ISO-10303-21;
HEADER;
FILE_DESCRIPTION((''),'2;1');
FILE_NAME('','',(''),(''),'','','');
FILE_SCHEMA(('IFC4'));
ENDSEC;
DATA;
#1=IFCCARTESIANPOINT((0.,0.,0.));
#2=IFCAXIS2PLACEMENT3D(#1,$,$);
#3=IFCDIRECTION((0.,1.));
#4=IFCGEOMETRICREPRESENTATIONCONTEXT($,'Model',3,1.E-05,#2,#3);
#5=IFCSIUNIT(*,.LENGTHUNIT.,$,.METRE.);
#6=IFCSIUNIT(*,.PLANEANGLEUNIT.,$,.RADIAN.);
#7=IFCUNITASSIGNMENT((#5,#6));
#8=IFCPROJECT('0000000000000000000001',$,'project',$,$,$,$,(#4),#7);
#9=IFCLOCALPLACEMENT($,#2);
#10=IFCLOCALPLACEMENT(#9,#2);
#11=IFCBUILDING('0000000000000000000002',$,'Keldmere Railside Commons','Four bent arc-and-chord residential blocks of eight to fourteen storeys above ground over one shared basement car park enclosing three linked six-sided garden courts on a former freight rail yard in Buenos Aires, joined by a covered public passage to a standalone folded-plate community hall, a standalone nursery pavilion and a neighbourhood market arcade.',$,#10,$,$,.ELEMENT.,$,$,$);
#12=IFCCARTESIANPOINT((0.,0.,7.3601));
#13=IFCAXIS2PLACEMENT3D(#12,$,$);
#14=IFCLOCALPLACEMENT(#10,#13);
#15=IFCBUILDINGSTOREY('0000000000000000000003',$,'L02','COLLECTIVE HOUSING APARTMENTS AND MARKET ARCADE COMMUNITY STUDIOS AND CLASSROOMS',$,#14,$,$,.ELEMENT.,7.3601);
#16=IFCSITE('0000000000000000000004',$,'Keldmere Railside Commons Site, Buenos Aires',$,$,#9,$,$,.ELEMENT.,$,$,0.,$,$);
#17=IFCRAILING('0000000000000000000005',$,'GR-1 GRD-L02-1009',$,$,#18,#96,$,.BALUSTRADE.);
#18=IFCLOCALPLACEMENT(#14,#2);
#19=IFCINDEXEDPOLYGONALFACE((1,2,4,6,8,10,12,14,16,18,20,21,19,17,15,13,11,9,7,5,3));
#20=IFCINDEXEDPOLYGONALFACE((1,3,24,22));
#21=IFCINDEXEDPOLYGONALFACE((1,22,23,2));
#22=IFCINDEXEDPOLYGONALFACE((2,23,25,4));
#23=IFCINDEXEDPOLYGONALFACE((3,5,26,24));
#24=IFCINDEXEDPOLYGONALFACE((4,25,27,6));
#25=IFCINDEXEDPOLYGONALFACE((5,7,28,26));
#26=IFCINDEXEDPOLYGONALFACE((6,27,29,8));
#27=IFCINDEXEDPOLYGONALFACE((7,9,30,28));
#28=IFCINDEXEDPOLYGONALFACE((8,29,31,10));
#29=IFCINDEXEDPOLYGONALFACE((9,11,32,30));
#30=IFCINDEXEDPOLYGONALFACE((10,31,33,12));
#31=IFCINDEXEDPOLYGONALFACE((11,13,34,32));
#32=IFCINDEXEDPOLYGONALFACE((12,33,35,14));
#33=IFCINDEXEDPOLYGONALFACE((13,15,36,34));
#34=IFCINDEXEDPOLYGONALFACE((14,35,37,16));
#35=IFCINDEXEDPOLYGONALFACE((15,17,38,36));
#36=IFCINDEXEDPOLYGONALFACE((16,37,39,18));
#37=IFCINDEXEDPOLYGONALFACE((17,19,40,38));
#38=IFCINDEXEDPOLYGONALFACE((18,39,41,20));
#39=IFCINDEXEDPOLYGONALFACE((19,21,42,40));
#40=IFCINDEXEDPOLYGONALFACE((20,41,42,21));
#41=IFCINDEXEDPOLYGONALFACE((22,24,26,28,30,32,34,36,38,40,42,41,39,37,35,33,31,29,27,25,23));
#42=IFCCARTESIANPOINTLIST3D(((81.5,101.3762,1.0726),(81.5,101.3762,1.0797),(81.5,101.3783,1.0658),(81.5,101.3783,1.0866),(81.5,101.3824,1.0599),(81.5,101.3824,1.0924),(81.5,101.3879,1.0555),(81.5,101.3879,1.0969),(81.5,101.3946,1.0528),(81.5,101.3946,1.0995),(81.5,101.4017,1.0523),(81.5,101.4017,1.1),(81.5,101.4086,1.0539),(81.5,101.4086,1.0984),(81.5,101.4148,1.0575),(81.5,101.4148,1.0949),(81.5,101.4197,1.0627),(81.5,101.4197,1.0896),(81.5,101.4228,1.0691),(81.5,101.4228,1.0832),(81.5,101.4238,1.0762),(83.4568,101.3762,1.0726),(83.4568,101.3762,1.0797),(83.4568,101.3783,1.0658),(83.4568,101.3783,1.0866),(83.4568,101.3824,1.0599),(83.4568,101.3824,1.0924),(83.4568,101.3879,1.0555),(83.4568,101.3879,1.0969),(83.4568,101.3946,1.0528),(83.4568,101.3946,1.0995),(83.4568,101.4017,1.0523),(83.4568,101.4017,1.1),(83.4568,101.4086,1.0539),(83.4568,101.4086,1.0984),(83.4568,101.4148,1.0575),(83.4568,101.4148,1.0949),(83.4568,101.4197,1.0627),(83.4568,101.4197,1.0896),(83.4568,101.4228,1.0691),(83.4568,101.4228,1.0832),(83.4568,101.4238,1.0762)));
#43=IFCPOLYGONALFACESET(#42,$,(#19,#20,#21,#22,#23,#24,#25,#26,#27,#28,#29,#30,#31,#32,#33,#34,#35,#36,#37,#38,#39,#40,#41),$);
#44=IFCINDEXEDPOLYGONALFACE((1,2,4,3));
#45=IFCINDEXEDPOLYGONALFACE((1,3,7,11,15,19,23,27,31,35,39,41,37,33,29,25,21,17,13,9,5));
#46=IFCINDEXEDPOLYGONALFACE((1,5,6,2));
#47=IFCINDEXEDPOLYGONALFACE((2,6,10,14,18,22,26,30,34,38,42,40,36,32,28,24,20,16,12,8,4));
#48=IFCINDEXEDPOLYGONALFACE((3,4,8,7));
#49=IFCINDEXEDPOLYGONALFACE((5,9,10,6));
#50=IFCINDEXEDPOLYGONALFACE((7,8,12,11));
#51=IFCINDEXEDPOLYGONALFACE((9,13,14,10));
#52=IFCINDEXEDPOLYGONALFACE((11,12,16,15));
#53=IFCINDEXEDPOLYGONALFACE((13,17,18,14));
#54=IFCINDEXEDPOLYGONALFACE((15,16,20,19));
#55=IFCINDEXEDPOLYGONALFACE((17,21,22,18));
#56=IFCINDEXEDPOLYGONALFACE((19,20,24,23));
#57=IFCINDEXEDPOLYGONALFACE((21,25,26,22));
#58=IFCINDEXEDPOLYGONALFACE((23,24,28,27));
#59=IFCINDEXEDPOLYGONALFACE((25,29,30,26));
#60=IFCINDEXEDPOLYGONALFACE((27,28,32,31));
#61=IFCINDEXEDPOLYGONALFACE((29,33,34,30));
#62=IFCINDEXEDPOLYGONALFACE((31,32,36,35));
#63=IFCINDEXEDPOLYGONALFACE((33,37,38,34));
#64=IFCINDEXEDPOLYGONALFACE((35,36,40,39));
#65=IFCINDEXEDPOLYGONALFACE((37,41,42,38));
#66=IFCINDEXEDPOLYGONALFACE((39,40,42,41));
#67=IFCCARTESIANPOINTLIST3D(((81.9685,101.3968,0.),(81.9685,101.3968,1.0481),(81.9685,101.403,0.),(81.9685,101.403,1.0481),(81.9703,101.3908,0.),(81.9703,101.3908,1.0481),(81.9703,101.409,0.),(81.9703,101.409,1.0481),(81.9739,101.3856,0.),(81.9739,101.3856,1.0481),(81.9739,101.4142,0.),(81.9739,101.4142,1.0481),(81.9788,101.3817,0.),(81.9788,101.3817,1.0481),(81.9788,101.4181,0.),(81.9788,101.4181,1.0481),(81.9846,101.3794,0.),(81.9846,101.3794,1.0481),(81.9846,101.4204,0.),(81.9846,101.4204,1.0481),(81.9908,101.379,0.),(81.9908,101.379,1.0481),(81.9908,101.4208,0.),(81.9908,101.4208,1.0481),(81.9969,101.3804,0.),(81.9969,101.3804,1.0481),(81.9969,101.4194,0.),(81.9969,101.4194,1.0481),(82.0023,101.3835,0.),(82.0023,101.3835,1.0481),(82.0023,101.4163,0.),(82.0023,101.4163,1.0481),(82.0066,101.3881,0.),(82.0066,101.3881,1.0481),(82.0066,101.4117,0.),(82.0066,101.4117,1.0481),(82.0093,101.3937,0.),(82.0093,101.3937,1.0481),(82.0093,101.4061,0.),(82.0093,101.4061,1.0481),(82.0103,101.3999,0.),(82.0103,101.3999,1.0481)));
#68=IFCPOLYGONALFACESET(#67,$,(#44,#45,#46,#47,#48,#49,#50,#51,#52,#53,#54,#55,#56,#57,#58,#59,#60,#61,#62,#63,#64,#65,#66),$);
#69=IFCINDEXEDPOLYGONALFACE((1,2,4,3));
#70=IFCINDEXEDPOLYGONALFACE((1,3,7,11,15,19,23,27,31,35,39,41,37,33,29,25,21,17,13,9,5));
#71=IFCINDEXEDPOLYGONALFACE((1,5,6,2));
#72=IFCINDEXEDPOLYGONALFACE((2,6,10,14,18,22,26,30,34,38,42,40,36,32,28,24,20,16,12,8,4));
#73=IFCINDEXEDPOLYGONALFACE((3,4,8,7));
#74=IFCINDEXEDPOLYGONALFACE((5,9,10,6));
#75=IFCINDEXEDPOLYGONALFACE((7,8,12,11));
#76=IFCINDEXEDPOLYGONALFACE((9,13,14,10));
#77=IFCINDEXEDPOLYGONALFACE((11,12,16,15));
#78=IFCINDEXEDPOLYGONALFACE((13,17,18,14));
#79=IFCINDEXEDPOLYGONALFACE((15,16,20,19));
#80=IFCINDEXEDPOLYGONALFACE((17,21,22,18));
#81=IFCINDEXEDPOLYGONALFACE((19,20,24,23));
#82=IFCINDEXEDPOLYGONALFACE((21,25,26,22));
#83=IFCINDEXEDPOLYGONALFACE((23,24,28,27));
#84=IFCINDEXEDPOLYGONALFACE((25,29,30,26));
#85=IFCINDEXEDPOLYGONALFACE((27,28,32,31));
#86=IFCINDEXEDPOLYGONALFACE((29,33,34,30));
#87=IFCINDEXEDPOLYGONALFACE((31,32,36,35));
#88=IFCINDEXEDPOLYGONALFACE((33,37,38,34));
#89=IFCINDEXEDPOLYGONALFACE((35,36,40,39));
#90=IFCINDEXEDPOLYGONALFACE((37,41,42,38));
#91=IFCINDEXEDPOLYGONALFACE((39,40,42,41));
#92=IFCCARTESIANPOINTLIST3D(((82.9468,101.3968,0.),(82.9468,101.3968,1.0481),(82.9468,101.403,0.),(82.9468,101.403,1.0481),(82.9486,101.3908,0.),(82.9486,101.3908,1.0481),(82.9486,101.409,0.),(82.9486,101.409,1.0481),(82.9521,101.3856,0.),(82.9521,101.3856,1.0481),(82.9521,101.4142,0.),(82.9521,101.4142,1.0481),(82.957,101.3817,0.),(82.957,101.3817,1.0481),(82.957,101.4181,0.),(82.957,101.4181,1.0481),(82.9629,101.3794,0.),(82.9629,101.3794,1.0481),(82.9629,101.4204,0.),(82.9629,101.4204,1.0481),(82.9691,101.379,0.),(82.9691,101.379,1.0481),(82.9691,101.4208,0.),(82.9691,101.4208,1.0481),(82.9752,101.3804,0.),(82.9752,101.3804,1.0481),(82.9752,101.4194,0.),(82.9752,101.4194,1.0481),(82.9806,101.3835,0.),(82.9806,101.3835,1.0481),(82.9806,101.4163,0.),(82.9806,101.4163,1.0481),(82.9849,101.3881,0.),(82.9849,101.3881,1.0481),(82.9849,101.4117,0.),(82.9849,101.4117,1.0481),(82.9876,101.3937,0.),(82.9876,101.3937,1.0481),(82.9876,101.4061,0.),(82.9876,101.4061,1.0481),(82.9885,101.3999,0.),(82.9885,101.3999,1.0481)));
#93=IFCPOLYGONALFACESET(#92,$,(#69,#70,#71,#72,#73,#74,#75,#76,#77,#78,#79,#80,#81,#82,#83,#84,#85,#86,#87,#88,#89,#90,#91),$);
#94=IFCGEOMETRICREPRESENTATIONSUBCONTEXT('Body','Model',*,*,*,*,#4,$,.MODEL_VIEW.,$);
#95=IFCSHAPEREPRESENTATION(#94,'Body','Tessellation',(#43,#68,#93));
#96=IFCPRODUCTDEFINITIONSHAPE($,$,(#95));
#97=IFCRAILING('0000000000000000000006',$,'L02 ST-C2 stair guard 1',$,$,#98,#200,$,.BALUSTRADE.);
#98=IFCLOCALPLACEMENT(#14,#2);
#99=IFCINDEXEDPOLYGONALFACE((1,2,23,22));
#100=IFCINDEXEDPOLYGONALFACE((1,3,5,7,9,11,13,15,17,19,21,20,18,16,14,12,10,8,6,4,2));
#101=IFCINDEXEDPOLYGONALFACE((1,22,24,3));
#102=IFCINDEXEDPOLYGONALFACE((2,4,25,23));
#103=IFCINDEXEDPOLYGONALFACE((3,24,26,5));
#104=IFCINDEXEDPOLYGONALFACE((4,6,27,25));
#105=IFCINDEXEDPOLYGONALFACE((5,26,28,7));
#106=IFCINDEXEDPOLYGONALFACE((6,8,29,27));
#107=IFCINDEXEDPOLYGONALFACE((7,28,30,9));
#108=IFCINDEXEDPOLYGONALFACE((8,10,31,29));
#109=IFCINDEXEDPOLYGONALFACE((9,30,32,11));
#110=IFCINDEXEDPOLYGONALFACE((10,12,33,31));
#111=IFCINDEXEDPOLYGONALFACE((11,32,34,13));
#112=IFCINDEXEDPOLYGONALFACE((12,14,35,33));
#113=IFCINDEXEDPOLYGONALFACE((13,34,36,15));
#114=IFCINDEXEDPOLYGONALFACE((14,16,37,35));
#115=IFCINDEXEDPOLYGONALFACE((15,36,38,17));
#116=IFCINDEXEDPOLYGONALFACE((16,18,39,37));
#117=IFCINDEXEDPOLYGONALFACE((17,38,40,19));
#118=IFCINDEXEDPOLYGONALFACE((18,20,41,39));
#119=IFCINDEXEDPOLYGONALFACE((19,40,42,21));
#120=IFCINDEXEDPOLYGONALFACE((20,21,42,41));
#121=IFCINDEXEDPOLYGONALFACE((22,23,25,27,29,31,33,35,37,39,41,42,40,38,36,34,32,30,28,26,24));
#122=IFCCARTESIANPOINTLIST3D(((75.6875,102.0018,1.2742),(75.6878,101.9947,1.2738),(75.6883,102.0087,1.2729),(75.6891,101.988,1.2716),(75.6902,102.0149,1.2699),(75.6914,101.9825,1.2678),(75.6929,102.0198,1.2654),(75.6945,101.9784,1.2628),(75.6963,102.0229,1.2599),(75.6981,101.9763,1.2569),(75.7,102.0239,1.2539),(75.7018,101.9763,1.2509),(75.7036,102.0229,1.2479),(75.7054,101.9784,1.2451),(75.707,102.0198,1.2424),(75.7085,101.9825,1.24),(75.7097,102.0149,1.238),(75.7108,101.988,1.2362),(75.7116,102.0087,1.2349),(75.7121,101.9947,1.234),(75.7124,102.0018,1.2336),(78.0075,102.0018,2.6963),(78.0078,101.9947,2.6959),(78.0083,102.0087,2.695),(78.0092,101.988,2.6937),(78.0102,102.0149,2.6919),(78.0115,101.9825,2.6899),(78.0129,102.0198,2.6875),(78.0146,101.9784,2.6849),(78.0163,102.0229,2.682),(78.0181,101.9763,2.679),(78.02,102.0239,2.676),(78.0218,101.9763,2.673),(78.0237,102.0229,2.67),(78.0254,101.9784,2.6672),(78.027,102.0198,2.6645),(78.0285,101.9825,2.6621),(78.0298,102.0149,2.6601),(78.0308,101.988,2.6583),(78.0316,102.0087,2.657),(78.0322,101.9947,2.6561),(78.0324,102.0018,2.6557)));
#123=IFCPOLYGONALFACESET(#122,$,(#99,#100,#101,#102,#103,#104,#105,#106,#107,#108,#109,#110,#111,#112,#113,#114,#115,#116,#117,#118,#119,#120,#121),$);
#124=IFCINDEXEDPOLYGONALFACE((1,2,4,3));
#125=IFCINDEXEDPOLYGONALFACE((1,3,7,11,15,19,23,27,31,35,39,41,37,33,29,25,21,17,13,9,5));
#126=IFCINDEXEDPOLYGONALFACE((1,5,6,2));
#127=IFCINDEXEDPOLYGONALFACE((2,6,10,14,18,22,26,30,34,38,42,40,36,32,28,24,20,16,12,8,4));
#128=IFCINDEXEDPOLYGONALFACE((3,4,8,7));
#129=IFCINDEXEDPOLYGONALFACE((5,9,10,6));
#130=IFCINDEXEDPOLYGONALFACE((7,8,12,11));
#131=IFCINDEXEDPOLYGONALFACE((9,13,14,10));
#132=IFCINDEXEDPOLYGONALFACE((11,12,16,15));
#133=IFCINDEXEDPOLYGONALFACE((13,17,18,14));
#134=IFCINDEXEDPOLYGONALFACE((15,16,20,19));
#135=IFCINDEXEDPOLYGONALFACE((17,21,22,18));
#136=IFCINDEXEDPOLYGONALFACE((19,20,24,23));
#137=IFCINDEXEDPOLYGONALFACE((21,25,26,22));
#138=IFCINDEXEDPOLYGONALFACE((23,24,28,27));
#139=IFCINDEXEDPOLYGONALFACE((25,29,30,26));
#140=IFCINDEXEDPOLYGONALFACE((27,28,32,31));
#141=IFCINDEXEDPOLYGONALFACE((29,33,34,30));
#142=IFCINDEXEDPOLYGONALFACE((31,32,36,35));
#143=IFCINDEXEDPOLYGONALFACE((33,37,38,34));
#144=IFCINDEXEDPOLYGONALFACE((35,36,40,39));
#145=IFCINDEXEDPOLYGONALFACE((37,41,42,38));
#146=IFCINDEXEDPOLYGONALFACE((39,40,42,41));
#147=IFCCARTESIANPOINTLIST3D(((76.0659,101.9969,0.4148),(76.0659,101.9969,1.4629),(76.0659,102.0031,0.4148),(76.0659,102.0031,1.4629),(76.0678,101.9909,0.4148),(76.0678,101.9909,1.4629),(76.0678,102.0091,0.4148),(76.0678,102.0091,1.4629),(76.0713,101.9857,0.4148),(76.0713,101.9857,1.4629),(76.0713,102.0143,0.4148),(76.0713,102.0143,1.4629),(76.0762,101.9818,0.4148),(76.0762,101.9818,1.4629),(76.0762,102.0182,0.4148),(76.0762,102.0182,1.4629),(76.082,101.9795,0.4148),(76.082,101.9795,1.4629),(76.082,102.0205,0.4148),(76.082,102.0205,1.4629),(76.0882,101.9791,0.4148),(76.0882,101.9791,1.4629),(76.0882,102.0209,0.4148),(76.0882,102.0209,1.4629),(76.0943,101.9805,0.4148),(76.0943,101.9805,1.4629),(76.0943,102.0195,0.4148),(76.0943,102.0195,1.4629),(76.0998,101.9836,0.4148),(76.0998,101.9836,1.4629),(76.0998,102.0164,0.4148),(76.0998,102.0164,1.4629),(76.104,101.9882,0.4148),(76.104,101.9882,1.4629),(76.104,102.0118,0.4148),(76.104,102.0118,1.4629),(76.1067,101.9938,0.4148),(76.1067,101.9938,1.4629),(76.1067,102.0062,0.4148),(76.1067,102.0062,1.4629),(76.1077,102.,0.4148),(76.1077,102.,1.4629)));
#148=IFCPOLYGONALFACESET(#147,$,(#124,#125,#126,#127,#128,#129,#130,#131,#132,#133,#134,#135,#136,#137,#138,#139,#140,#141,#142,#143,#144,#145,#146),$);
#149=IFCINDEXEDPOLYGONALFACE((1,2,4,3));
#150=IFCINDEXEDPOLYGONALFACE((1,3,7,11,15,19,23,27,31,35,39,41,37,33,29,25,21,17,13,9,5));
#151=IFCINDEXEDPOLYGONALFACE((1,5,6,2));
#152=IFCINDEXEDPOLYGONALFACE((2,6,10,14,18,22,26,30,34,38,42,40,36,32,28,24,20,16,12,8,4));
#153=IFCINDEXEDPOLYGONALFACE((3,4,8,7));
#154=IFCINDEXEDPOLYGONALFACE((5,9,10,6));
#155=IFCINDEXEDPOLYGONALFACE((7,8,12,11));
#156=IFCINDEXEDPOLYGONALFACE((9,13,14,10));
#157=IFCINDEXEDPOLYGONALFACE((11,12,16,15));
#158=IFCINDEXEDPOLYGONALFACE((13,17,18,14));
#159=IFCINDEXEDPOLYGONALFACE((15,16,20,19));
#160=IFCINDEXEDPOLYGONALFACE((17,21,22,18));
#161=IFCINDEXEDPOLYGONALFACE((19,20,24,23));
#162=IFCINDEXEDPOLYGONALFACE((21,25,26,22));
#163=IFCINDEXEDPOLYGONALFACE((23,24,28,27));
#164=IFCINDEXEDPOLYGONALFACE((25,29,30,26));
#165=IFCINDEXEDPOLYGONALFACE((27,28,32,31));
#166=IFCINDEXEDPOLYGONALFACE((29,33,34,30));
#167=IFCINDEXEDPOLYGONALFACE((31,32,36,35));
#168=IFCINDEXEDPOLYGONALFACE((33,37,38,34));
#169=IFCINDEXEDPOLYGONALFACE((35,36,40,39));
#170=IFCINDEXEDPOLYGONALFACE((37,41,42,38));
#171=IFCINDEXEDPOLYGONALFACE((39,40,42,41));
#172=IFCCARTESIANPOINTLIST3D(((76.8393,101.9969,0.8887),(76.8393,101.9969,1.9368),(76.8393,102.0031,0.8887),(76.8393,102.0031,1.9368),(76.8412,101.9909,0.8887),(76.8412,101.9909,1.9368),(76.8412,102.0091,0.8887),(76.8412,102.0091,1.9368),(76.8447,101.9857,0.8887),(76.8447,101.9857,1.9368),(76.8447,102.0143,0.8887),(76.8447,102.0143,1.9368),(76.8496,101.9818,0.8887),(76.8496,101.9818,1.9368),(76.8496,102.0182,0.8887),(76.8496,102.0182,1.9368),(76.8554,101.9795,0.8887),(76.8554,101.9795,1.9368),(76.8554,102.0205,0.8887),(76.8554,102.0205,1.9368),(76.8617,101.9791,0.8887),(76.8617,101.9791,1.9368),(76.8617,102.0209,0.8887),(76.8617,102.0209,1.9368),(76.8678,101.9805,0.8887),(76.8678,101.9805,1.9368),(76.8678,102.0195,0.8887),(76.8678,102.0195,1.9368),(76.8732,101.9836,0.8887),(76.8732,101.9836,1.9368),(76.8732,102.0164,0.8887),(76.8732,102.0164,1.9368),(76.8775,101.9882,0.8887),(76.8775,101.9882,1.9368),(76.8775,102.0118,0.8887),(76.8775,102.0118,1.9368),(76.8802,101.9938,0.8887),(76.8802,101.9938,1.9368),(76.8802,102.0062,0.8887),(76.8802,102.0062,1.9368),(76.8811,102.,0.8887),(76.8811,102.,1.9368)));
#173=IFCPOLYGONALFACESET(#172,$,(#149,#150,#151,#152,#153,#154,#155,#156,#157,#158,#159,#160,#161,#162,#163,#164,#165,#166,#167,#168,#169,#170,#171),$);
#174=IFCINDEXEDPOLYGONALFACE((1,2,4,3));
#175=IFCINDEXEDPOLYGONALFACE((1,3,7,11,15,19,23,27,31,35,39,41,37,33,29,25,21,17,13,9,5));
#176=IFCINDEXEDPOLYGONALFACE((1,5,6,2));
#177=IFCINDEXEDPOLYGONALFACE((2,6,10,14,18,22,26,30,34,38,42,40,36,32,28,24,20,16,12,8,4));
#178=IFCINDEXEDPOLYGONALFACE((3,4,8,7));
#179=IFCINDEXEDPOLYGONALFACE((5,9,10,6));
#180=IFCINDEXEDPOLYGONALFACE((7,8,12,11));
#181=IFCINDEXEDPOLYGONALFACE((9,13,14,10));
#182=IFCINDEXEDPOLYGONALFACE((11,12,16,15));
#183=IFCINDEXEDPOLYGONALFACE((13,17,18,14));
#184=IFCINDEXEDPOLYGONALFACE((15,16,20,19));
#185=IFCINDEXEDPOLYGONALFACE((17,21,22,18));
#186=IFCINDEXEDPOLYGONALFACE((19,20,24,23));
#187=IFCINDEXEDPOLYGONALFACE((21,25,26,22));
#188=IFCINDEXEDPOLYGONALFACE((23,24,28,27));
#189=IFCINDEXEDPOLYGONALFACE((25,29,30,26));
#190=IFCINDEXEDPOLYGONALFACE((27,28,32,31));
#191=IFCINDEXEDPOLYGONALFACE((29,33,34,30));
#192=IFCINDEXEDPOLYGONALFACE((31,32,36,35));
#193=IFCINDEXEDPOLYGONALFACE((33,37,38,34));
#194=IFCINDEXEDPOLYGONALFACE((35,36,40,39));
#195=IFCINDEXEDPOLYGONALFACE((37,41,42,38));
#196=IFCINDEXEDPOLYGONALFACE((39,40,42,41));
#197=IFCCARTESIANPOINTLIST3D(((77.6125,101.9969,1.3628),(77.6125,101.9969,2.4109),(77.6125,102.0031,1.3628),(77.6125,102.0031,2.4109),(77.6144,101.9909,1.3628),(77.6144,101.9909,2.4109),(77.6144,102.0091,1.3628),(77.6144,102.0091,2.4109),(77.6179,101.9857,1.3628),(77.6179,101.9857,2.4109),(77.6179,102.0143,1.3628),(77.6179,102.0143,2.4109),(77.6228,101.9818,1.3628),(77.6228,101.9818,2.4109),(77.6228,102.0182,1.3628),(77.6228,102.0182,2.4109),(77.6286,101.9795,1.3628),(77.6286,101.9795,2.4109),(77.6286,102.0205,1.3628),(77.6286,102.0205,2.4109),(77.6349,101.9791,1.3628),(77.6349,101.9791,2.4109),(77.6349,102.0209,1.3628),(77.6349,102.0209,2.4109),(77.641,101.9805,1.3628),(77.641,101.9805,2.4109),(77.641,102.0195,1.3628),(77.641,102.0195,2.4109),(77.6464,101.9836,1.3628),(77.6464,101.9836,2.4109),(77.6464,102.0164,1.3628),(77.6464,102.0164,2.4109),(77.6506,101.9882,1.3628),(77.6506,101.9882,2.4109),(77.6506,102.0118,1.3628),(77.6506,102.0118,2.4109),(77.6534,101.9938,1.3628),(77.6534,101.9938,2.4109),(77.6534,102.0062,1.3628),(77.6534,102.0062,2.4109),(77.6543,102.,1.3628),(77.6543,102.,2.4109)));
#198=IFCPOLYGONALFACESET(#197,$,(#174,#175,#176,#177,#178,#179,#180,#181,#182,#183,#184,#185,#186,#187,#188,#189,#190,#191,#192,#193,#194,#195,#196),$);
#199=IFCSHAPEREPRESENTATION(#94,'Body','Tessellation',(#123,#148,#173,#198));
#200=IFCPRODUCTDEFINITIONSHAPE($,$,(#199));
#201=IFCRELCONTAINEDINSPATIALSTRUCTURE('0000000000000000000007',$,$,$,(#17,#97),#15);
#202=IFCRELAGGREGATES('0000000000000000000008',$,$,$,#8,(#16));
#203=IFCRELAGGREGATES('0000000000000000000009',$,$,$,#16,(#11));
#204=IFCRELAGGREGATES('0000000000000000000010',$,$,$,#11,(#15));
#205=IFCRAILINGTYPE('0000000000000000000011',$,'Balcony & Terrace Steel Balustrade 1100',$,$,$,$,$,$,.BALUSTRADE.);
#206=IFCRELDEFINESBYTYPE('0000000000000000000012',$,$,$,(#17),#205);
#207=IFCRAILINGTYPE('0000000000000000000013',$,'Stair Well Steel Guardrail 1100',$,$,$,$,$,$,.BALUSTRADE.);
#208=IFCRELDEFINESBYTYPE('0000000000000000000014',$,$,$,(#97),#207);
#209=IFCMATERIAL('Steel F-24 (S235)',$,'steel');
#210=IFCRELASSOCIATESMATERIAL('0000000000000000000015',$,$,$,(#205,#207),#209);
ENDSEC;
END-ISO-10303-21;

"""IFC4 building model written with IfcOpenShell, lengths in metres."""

from ifc_helpers import new_model, si_unit, direction, frame, origin, origin_2d, place, context, subcontext, project, spatial, circle, extrude, material, type_object, element, save


model = new_model("IFC4")

# Units and contexts
model_context = context("Model", 3, precision=1e-05, world=origin(), true_north=direction((0.0, 1.0)))
body_context = subcontext(model_context, "Body", "Model", "MODEL_VIEW")
ifc_project = project(units=[si_unit("LENGTHUNIT", "METRE"), si_unit("PLANEANGLEUNIT", "RADIAN")], contexts=[model_context])

# Site, building, storey
site_placement = place(None, origin())
site = spatial("IfcSite", under=ifc_project, at=site_placement, Name="Keldmere Railside Commons Site, Buenos Aires", CompositionType="ELEMENT", RefElevation=0.0)
building_placement = place(site_placement, origin())
building = spatial("IfcBuilding", under=site, at=building_placement, Name="Keldmere Railside Commons", Description="Four bent arc-and-chord residential blocks of eight to fourteen storeys above ground over one shared basement car park enclosing three linked six-sided garden courts on a former freight rail yard in Buenos Aires, joined by a covered public passage to a standalone folded-plate community hall, a standalone nursery pavilion and a neighbourhood market arcade.", CompositionType="ELEMENT")
storey_placement = place(building_placement, frame((0.0, 0.0, 7.3601)))
storey = spatial("IfcBuildingStorey", under=building, at=storey_placement, Name="L02", Description="COLLECTIVE HOUSING APARTMENTS AND MARKET ARCADE COMMUNITY STUDIOS AND CLASSROOMS", CompositionType="ELEMENT", Elevation=7.3601)

# Railings
ifc_material_1 = material(Name="Steel F-24 (S235)", Category="steel")
railing_type_1 = type_object("IfcRailingType", Name="Balcony & Terrace Steel Balustrade 1100", PredefinedType="BALUSTRADE", material=ifc_material_1)
railing_1_placement = place(storey_placement, frame((81.5, 101.3999, 0.0)))
element("IfcRailing", 1, at=railing_1_placement, inside=storey, type_object=railing_type_1, Name="GR-1 GRD-L02-1009", PredefinedType="BALUSTRADE", context=body_context, shape_type="SweptSolid", body=[
    extrude(circle(Radius=0.0239, at=origin_2d()), frame((0.0, 0.0, 1.0762), z_axis=(1.0, 0.0, 0.0), x_axis=(0.0, 1.0, 0.0)), (0.0, 0.0, 1.0), 1.9568),
    extrude(circle(Radius=0.021, at=origin_2d()), frame((0.4893, 0.0, 0.0)), (0.0, 0.0, 1.0), 1.0481),
    extrude(circle(Radius=0.021, at=origin_2d()), frame((1.4675, 0.0, 0.0)), (0.0, 0.0, 1.0), 1.0481),
])
railing_type_2 = type_object("IfcRailingType", Name="Stair Well Steel Guardrail 1100", PredefinedType="BALUSTRADE", material=ifc_material_1)
railing_2_placement = place(storey_placement, frame((75.7, 102.0, 0.1777)))
element("IfcRailing", 2, at=railing_2_placement, inside=storey, type_object=railing_type_2, Name="L02 ST-C2 stair guard 1", PredefinedType="BALUSTRADE", context=body_context, shape_type="SweptSolid", body=[
    extrude(circle(Radius=0.0239, at=origin_2d()), frame((0.0, 0.0, 1.0762), z_axis=(0.852578, 0.0, 0.5226), x_axis=(0.0, 1.0, 0.0)), (0.0, 0.0, 1.0), 2.7212),
    extrude(circle(Radius=0.021, at=origin_2d()), frame((0.3867, 0.0, 0.2371)), (0.0, 0.0, 1.0), 1.0481),
    extrude(circle(Radius=0.021, at=origin_2d()), frame((1.1602, 0.0, 0.7109)), (0.0, 0.0, 1.0), 1.0481),
    extrude(circle(Radius=0.021, at=origin_2d()), frame((1.9333, 0.0, 1.1851)), (0.0, 0.0, 1.0), 1.0481),
])

save(model, "model.ifc")
